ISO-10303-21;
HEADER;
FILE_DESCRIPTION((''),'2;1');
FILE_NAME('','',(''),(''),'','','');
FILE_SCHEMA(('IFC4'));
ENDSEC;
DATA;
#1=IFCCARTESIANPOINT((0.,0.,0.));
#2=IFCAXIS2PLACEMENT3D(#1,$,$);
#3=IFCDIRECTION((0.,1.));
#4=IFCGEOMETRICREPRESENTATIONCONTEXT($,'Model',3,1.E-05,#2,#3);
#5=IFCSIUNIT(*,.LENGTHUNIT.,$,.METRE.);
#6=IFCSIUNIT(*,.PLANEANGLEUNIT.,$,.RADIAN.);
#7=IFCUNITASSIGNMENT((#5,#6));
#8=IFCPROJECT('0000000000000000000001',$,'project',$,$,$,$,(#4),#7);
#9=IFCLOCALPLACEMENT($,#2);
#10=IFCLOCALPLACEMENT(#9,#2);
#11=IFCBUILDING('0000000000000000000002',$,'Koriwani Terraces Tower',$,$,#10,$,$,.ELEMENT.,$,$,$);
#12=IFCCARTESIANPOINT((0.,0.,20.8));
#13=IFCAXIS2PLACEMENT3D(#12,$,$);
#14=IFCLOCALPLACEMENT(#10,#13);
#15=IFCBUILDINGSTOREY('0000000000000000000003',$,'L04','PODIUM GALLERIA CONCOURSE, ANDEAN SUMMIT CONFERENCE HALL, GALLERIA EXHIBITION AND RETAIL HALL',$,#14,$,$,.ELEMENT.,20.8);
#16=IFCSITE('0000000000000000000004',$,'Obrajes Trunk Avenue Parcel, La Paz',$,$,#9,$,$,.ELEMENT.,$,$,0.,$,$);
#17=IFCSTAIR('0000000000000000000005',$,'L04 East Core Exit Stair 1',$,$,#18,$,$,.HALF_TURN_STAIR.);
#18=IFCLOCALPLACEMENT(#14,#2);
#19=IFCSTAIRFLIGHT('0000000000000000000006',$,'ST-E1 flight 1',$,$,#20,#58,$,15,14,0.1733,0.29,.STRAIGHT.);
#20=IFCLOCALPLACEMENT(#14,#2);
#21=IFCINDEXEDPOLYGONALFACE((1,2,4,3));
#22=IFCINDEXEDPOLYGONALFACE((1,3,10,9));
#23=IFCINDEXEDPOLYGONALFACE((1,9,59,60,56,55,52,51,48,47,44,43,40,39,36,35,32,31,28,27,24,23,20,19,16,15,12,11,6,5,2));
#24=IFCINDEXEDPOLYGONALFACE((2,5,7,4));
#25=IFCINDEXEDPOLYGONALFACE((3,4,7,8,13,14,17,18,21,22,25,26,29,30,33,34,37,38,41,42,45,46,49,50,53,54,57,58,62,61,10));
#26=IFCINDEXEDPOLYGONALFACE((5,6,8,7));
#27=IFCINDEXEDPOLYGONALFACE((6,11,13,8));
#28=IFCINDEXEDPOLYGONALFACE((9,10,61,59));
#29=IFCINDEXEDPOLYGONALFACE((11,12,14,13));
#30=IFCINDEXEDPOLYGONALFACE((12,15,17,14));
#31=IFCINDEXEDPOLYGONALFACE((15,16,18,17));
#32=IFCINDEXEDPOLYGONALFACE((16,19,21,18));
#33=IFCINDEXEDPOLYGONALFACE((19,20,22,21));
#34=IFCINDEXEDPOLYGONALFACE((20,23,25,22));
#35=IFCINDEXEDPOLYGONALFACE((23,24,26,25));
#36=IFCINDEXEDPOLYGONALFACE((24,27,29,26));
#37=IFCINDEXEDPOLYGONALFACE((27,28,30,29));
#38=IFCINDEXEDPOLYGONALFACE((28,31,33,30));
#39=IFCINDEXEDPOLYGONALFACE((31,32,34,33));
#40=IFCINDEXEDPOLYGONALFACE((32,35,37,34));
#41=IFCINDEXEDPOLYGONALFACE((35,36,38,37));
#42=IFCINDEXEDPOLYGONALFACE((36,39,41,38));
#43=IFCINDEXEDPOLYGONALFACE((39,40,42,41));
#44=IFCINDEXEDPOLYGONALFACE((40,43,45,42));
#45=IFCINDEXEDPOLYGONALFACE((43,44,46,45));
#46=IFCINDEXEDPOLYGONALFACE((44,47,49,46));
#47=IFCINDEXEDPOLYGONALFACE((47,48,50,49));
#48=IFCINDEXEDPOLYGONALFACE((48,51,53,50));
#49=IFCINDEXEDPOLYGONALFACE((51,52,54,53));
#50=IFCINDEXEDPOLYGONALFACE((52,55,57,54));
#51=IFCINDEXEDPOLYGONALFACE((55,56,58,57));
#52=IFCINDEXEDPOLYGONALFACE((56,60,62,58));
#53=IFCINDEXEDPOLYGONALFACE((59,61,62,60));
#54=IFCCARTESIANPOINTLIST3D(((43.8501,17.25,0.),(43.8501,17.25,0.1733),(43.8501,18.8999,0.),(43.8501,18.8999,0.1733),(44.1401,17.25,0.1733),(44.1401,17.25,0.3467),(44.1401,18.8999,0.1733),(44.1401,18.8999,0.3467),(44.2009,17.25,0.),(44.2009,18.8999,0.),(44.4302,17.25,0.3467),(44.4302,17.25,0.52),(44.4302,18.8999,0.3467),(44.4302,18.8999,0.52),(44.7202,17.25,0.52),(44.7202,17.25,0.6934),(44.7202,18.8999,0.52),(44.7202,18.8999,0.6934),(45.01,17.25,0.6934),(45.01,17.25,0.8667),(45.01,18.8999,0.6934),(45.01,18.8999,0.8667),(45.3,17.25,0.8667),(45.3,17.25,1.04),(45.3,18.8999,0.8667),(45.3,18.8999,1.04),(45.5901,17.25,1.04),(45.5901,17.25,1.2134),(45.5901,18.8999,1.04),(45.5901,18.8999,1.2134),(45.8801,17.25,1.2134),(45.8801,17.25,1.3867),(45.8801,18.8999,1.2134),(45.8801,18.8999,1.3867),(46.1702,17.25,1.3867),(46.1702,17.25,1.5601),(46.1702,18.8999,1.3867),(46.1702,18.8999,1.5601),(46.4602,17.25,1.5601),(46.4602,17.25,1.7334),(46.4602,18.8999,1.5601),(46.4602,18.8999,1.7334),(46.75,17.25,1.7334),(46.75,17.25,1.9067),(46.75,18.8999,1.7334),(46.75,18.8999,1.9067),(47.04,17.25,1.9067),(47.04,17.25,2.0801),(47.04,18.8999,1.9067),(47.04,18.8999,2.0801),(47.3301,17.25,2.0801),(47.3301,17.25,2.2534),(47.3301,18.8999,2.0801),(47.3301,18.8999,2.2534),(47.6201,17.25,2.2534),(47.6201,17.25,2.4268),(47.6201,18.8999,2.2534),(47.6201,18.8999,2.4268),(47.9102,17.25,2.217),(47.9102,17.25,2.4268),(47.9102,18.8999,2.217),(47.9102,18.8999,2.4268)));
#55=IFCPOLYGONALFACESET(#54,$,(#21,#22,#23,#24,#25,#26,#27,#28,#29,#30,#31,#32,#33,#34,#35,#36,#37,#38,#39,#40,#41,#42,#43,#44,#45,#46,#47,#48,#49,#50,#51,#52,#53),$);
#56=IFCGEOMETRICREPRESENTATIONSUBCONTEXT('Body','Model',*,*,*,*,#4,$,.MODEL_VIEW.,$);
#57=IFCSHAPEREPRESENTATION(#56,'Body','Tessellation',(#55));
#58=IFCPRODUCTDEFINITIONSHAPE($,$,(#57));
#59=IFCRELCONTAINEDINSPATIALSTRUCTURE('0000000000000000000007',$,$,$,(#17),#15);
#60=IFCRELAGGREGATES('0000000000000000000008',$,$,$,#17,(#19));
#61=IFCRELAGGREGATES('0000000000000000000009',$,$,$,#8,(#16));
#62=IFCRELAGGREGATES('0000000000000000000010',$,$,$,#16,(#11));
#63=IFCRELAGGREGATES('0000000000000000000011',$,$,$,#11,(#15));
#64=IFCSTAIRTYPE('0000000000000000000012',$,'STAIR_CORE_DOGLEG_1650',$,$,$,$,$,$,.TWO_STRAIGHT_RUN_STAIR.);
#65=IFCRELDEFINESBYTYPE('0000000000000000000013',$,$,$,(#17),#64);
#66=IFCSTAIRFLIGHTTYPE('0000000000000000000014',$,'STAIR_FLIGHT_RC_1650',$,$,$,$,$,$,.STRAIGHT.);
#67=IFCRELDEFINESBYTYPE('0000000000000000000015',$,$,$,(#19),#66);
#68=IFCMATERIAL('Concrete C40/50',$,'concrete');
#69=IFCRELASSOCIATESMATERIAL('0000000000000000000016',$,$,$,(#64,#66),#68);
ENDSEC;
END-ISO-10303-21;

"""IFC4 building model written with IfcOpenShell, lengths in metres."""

from ifc_helpers import new_model, si_unit, direction, frame, origin, place, context, subcontext, project, spatial, polyline, outline, extrude, material, type_object, element, aggregate, save


model = new_model("IFC4")

# Units and contexts
model_context = context("Model", 3, precision=1e-05, world=origin(), true_north=direction((0.0, 1.0)))
body_context = subcontext(model_context, "Body", "Model", "MODEL_VIEW")
ifc_project = project(units=[si_unit("LENGTHUNIT", "METRE"), si_unit("PLANEANGLEUNIT", "RADIAN")], contexts=[model_context])

# Site, building, storey
site_placement = place(None, origin())
site = spatial("IfcSite", under=ifc_project, at=site_placement, Name="Obrajes Trunk Avenue Parcel, La Paz", CompositionType="ELEMENT", RefElevation=0.0)
building_placement = place(site_placement, origin())
building = spatial("IfcBuilding", under=site, at=building_placement, Name="Koriwani Terraces Tower", CompositionType="ELEMENT")
storey_placement = place(building_placement, frame((0.0, 0.0, 20.8)))
storey = spatial("IfcBuildingStorey", under=building, at=storey_placement, Name="L04", Description="PODIUM GALLERIA CONCOURSE, ANDEAN SUMMIT CONFERENCE HALL, GALLERIA EXHIBITION AND RETAIL HALL", CompositionType="ELEMENT", Elevation=20.8)

# Shared definitions
ifc_material_1 = material(Name="Concrete C40/50", Category="concrete")

# Stair, stair flight
stair_type = type_object("IfcStairType", Name="STAIR_CORE_DOGLEG_1650", PredefinedType="TWO_STRAIGHT_RUN_STAIR", material=ifc_material_1)
stair_placement = place(storey_placement, origin())
stair = element("IfcStair", 1, at=stair_placement, inside=storey, type_object=stair_type, Name="L04 East Core Exit Stair 1", PredefinedType="HALF_TURN_STAIR")
stair_flight_type = type_object("IfcStairFlightType", Name="STAIR_FLIGHT_RC_1650", PredefinedType="STRAIGHT", material=ifc_material_1)
stair_flight_placement = place(storey_placement, frame((43.8501, 18.075, 0.0), z_axis=(0.0, 0.0, 1.0), x_axis=(1.0, 0.0, 0.0)))
stair_flight = element("IfcStairFlight", 2, at=stair_flight_placement, type_object=stair_flight_type, Name="ST-E1 flight 1", NumberOfRisers=15, NumberOfTreads=14, PredefinedType="STRAIGHT", RiserHeight=0.1733, TreadLength=0.29, context=body_context, shape_type="SweptSolid", body=[
    extrude(outline(polyline([(0.0, 0.0), (0.0, 0.1733), (0.29, 0.1733), (0.29, 0.3467), (0.5801, 0.3467), (0.5801, 0.52), (0.8701, 0.52), (0.8701, 0.6934), (1.1599, 0.6934), (1.1599, 0.8667), (1.45, 0.8667), (1.45, 1.04), (1.74, 1.04), (1.74, 1.2134), (2.03, 1.2134), (2.03, 1.3867), (2.3201, 1.3867), (2.3201, 1.5601), (2.6101, 1.5601), (2.6101, 1.7334), (2.8999, 1.7334), (2.8999, 1.9067), (3.1899, 1.9067), (3.1899, 2.0801), (3.48, 2.0801), (3.48, 2.2534), (3.77, 2.2534), (3.77, 2.4268), (4.0601, 2.4268), (4.0601, 2.6001), (4.0601, 2.217), (0.3508, 0.0), (0.0, 0.0)])), frame((0.0, 0.825, 0.0), z_axis=(0.0, -1.0, 0.0), x_axis=(1.0, 0.0, 0.0)), (0.0, 0.0, 1.0), 1.6499),
])
aggregate(stair, [stair_flight])

save(model, "model.ifc")
